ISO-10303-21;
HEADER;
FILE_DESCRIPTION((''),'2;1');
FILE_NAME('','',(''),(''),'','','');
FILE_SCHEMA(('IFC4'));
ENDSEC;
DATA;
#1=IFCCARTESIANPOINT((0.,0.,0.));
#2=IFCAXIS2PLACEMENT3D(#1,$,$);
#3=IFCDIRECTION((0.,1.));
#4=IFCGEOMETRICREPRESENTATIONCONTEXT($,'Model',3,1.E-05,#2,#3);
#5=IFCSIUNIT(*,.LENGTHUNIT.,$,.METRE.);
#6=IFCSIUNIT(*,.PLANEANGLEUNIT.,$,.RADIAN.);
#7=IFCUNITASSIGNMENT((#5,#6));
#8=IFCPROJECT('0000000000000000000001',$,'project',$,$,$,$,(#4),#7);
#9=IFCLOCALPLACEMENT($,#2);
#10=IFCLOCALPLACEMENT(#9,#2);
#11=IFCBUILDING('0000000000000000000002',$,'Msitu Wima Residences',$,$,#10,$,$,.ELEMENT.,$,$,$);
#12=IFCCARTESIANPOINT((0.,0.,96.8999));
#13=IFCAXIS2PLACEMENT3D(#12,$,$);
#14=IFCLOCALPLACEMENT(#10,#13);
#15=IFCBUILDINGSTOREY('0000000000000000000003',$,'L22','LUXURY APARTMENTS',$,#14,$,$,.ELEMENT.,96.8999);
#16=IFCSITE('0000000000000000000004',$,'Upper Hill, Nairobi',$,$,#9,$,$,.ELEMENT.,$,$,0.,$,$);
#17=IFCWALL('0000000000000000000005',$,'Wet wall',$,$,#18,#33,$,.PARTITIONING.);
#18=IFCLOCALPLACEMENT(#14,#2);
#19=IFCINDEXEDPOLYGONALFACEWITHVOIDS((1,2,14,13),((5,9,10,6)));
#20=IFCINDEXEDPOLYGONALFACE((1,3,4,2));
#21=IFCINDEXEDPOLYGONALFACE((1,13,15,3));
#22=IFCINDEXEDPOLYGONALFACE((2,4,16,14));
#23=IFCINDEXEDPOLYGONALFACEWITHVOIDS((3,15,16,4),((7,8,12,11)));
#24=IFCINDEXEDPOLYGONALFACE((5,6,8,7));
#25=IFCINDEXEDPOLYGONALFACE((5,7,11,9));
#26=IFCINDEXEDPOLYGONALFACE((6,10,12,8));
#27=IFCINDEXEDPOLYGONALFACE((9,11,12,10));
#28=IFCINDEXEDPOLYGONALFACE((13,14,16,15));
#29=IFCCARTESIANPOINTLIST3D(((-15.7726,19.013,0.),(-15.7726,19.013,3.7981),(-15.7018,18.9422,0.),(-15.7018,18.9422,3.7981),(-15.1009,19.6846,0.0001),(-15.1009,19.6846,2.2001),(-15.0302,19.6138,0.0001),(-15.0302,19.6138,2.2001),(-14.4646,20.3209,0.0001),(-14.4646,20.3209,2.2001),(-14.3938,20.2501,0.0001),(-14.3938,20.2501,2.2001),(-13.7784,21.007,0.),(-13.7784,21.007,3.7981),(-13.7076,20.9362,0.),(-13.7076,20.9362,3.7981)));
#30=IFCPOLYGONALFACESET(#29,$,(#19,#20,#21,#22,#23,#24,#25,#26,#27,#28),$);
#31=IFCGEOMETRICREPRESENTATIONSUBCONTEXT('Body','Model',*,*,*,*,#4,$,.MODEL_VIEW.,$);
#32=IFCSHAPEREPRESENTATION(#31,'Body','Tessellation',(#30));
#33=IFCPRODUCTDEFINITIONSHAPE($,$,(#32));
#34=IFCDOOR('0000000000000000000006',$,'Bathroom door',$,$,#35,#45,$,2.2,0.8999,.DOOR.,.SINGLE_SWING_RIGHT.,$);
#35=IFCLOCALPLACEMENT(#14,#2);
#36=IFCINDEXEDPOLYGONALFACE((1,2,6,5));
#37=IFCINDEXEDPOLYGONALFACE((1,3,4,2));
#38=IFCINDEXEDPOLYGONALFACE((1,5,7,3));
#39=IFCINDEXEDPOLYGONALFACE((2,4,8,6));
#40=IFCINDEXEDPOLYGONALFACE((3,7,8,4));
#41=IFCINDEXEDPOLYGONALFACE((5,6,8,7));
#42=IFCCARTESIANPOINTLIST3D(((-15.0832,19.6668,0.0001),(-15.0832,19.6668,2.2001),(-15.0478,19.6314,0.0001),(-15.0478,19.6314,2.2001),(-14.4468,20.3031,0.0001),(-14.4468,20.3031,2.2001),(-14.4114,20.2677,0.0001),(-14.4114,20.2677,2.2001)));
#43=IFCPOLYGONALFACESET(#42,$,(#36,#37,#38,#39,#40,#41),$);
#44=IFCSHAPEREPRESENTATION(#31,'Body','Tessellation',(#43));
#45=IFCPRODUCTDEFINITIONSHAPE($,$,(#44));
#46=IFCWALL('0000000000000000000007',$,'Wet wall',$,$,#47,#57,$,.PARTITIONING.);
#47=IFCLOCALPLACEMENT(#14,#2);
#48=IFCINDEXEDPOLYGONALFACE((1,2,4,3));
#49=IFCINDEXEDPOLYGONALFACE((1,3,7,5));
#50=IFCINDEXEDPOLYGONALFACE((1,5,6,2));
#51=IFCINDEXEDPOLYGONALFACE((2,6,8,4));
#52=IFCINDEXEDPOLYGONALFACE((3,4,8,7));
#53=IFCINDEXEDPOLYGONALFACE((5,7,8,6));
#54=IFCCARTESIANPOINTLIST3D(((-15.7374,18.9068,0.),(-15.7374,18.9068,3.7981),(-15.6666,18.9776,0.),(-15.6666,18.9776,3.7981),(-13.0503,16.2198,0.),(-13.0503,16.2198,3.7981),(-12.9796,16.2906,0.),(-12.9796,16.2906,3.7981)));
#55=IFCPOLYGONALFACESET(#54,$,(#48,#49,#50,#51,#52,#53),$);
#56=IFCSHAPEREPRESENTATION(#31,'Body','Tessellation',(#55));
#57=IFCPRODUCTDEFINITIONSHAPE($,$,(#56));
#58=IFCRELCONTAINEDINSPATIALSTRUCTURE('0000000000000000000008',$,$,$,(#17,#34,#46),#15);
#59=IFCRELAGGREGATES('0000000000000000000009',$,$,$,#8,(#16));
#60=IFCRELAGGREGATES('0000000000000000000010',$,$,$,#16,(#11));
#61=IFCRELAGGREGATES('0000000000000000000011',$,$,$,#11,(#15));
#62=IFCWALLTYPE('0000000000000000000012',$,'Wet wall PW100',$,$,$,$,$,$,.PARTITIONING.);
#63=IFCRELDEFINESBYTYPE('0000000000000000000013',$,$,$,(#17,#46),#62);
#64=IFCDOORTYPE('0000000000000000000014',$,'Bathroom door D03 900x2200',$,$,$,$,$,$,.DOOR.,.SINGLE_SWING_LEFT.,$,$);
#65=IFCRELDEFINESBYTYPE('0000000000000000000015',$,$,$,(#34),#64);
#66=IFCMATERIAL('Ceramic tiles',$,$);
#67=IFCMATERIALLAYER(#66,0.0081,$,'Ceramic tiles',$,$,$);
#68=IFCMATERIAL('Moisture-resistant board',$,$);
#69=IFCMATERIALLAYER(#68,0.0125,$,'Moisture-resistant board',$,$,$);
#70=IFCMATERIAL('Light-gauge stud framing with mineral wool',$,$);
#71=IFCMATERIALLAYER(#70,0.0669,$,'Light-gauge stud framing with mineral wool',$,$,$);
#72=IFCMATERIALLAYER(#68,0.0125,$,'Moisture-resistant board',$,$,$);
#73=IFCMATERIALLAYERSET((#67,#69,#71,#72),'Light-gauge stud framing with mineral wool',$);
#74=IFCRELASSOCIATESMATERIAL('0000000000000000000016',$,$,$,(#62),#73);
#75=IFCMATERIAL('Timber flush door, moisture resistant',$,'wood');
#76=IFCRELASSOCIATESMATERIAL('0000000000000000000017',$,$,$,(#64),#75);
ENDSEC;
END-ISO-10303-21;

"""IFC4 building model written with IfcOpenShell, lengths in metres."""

from ifc_helpers import new_model, si_unit, direction, frame, frame_2d, origin, place, context, subcontext, project, spatial, rectangle, extrude, material, layer, layer_set, type_object, element, fill, save


model = new_model("IFC4")

# Units and contexts
model_context = context("Model", 3, precision=1e-05, world=origin(), true_north=direction((0.0, 1.0)))
body_context = subcontext(model_context, "Body", "Model", "MODEL_VIEW")
ifc_project = project(units=[si_unit("LENGTHUNIT", "METRE"), si_unit("PLANEANGLEUNIT", "RADIAN")], contexts=[model_context])

# Site, building, storey
site_placement = place(None, origin())
site = spatial("IfcSite", under=ifc_project, at=site_placement, Name="Upper Hill, Nairobi", CompositionType="ELEMENT", RefElevation=0.0)
building_placement = place(site_placement, origin())
building = spatial("IfcBuilding", under=site, at=building_placement, Name="Msitu Wima Residences", CompositionType="ELEMENT")
storey_placement = place(building_placement, frame((0.0, 0.0, 96.8999)))
storey = spatial("IfcBuildingStorey", under=building, at=storey_placement, Name="L22", Description="LUXURY APARTMENTS", CompositionType="ELEMENT", Elevation=96.8999)

# Wall, opening, door
ifc_material_1 = material(Name="Ceramic tiles")
ifc_layer_1 = layer(ifc_material_1, 0.0081, Name="Ceramic tiles")
ifc_material_2 = material(Name="Moisture-resistant board")
ifc_layer_2 = layer(ifc_material_2, 0.0125, Name="Moisture-resistant board")
ifc_material_3 = material(Name="Light-gauge stud framing with mineral wool")
ifc_layer_3 = layer(ifc_material_3, 0.0669, Name="Light-gauge stud framing with mineral wool")
ifc_layer_4 = layer(ifc_material_2, 0.0125, Name="Moisture-resistant board")
ifc_layer_set_1 = layer_set([ifc_layer_1, ifc_layer_2, ifc_layer_3, ifc_layer_4], Name="Light-gauge stud framing with mineral wool")
wall_type_1 = type_object("IfcWallType", Name="Wet wall PW100", PredefinedType="PARTITIONING", material=ifc_layer_set_1)
wall_1_placement = place(storey_placement, frame((-15.7373, 18.9775, 0.0), z_axis=(0.0, 0.0, 1.0), x_axis=(0.70715, 0.707063, 0.0)))
wall_1 = element("IfcWall", 1, at=wall_1_placement, inside=storey, type_object=wall_type_1, Name="Wet wall", PredefinedType="PARTITIONING", context=body_context, shape_type="SweptSolid", body=[
    extrude(rectangle(XDim=2.8201, YDim=0.1001, at=frame_2d((1.4102, 0.0))), origin(), (0.0, 0.0, 1.0), 3.7981),
])
opening_1_placement = place(wall_1_placement, frame((0.95, 0.0, 0.0)))
opening_1 = element("IfcOpeningElement", 2, at=opening_1_placement, cuts=wall_1, PredefinedType="OPENING", context=body_context, shape_type="SweptSolid", body=[
    extrude(rectangle(XDim=0.8999, YDim=2.2, at=frame_2d((0.45, 1.1001))), frame((0.0, 0.0601, 0.0), z_axis=(0.0, -1.0, 0.0), x_axis=(1.0, 0.0, 0.0)), (0.0, 0.0, 1.0), 0.1201),
])
ifc_material_4 = material(Name="Timber flush door, moisture resistant", Category="wood")
door_type_1 = type_object("IfcDoorType", Name="Bathroom door D03 900x2200", OperationType="SINGLE_SWING_LEFT", PredefinedType="DOOR", material=ifc_material_4)
door_1_placement = place(opening_1_placement, origin())
door_1 = element("IfcDoor", 3, at=door_1_placement, inside=storey, type_object=door_type_1, Name="Bathroom door", OperationType="SINGLE_SWING_RIGHT", OverallHeight=2.2, OverallWidth=0.8999, PredefinedType="DOOR", context=body_context, shape_type="SweptSolid", body=[
    extrude(rectangle(XDim=0.8999, YDim=2.2, at=frame_2d((0.45, 1.1001))), frame((0.0, 0.0249, 0.0), z_axis=(0.0, -1.0, 0.0), x_axis=(1.0, 0.0, 0.0)), (0.0, 0.0, 1.0), 0.05),
])
fill(opening_1, door_1)

# Wall
wall_2_placement = place(storey_placement, frame((-15.7019, 18.9421, 0.0), z_axis=(0.0, 0.0, 1.0), x_axis=(0.707107, -0.707107, 0.0)))
element("IfcWall", 4, at=wall_2_placement, inside=storey, type_object=wall_type_1, Name="Wet wall", PredefinedType="PARTITIONING", context=body_context, shape_type="SweptSolid", body=[
    extrude(rectangle(XDim=3.8, YDim=0.1001, at=frame_2d((1.8999, 0.0))), origin(), (0.0, 0.0, 1.0), 3.7981),
])

save(model, "model.ifc")
